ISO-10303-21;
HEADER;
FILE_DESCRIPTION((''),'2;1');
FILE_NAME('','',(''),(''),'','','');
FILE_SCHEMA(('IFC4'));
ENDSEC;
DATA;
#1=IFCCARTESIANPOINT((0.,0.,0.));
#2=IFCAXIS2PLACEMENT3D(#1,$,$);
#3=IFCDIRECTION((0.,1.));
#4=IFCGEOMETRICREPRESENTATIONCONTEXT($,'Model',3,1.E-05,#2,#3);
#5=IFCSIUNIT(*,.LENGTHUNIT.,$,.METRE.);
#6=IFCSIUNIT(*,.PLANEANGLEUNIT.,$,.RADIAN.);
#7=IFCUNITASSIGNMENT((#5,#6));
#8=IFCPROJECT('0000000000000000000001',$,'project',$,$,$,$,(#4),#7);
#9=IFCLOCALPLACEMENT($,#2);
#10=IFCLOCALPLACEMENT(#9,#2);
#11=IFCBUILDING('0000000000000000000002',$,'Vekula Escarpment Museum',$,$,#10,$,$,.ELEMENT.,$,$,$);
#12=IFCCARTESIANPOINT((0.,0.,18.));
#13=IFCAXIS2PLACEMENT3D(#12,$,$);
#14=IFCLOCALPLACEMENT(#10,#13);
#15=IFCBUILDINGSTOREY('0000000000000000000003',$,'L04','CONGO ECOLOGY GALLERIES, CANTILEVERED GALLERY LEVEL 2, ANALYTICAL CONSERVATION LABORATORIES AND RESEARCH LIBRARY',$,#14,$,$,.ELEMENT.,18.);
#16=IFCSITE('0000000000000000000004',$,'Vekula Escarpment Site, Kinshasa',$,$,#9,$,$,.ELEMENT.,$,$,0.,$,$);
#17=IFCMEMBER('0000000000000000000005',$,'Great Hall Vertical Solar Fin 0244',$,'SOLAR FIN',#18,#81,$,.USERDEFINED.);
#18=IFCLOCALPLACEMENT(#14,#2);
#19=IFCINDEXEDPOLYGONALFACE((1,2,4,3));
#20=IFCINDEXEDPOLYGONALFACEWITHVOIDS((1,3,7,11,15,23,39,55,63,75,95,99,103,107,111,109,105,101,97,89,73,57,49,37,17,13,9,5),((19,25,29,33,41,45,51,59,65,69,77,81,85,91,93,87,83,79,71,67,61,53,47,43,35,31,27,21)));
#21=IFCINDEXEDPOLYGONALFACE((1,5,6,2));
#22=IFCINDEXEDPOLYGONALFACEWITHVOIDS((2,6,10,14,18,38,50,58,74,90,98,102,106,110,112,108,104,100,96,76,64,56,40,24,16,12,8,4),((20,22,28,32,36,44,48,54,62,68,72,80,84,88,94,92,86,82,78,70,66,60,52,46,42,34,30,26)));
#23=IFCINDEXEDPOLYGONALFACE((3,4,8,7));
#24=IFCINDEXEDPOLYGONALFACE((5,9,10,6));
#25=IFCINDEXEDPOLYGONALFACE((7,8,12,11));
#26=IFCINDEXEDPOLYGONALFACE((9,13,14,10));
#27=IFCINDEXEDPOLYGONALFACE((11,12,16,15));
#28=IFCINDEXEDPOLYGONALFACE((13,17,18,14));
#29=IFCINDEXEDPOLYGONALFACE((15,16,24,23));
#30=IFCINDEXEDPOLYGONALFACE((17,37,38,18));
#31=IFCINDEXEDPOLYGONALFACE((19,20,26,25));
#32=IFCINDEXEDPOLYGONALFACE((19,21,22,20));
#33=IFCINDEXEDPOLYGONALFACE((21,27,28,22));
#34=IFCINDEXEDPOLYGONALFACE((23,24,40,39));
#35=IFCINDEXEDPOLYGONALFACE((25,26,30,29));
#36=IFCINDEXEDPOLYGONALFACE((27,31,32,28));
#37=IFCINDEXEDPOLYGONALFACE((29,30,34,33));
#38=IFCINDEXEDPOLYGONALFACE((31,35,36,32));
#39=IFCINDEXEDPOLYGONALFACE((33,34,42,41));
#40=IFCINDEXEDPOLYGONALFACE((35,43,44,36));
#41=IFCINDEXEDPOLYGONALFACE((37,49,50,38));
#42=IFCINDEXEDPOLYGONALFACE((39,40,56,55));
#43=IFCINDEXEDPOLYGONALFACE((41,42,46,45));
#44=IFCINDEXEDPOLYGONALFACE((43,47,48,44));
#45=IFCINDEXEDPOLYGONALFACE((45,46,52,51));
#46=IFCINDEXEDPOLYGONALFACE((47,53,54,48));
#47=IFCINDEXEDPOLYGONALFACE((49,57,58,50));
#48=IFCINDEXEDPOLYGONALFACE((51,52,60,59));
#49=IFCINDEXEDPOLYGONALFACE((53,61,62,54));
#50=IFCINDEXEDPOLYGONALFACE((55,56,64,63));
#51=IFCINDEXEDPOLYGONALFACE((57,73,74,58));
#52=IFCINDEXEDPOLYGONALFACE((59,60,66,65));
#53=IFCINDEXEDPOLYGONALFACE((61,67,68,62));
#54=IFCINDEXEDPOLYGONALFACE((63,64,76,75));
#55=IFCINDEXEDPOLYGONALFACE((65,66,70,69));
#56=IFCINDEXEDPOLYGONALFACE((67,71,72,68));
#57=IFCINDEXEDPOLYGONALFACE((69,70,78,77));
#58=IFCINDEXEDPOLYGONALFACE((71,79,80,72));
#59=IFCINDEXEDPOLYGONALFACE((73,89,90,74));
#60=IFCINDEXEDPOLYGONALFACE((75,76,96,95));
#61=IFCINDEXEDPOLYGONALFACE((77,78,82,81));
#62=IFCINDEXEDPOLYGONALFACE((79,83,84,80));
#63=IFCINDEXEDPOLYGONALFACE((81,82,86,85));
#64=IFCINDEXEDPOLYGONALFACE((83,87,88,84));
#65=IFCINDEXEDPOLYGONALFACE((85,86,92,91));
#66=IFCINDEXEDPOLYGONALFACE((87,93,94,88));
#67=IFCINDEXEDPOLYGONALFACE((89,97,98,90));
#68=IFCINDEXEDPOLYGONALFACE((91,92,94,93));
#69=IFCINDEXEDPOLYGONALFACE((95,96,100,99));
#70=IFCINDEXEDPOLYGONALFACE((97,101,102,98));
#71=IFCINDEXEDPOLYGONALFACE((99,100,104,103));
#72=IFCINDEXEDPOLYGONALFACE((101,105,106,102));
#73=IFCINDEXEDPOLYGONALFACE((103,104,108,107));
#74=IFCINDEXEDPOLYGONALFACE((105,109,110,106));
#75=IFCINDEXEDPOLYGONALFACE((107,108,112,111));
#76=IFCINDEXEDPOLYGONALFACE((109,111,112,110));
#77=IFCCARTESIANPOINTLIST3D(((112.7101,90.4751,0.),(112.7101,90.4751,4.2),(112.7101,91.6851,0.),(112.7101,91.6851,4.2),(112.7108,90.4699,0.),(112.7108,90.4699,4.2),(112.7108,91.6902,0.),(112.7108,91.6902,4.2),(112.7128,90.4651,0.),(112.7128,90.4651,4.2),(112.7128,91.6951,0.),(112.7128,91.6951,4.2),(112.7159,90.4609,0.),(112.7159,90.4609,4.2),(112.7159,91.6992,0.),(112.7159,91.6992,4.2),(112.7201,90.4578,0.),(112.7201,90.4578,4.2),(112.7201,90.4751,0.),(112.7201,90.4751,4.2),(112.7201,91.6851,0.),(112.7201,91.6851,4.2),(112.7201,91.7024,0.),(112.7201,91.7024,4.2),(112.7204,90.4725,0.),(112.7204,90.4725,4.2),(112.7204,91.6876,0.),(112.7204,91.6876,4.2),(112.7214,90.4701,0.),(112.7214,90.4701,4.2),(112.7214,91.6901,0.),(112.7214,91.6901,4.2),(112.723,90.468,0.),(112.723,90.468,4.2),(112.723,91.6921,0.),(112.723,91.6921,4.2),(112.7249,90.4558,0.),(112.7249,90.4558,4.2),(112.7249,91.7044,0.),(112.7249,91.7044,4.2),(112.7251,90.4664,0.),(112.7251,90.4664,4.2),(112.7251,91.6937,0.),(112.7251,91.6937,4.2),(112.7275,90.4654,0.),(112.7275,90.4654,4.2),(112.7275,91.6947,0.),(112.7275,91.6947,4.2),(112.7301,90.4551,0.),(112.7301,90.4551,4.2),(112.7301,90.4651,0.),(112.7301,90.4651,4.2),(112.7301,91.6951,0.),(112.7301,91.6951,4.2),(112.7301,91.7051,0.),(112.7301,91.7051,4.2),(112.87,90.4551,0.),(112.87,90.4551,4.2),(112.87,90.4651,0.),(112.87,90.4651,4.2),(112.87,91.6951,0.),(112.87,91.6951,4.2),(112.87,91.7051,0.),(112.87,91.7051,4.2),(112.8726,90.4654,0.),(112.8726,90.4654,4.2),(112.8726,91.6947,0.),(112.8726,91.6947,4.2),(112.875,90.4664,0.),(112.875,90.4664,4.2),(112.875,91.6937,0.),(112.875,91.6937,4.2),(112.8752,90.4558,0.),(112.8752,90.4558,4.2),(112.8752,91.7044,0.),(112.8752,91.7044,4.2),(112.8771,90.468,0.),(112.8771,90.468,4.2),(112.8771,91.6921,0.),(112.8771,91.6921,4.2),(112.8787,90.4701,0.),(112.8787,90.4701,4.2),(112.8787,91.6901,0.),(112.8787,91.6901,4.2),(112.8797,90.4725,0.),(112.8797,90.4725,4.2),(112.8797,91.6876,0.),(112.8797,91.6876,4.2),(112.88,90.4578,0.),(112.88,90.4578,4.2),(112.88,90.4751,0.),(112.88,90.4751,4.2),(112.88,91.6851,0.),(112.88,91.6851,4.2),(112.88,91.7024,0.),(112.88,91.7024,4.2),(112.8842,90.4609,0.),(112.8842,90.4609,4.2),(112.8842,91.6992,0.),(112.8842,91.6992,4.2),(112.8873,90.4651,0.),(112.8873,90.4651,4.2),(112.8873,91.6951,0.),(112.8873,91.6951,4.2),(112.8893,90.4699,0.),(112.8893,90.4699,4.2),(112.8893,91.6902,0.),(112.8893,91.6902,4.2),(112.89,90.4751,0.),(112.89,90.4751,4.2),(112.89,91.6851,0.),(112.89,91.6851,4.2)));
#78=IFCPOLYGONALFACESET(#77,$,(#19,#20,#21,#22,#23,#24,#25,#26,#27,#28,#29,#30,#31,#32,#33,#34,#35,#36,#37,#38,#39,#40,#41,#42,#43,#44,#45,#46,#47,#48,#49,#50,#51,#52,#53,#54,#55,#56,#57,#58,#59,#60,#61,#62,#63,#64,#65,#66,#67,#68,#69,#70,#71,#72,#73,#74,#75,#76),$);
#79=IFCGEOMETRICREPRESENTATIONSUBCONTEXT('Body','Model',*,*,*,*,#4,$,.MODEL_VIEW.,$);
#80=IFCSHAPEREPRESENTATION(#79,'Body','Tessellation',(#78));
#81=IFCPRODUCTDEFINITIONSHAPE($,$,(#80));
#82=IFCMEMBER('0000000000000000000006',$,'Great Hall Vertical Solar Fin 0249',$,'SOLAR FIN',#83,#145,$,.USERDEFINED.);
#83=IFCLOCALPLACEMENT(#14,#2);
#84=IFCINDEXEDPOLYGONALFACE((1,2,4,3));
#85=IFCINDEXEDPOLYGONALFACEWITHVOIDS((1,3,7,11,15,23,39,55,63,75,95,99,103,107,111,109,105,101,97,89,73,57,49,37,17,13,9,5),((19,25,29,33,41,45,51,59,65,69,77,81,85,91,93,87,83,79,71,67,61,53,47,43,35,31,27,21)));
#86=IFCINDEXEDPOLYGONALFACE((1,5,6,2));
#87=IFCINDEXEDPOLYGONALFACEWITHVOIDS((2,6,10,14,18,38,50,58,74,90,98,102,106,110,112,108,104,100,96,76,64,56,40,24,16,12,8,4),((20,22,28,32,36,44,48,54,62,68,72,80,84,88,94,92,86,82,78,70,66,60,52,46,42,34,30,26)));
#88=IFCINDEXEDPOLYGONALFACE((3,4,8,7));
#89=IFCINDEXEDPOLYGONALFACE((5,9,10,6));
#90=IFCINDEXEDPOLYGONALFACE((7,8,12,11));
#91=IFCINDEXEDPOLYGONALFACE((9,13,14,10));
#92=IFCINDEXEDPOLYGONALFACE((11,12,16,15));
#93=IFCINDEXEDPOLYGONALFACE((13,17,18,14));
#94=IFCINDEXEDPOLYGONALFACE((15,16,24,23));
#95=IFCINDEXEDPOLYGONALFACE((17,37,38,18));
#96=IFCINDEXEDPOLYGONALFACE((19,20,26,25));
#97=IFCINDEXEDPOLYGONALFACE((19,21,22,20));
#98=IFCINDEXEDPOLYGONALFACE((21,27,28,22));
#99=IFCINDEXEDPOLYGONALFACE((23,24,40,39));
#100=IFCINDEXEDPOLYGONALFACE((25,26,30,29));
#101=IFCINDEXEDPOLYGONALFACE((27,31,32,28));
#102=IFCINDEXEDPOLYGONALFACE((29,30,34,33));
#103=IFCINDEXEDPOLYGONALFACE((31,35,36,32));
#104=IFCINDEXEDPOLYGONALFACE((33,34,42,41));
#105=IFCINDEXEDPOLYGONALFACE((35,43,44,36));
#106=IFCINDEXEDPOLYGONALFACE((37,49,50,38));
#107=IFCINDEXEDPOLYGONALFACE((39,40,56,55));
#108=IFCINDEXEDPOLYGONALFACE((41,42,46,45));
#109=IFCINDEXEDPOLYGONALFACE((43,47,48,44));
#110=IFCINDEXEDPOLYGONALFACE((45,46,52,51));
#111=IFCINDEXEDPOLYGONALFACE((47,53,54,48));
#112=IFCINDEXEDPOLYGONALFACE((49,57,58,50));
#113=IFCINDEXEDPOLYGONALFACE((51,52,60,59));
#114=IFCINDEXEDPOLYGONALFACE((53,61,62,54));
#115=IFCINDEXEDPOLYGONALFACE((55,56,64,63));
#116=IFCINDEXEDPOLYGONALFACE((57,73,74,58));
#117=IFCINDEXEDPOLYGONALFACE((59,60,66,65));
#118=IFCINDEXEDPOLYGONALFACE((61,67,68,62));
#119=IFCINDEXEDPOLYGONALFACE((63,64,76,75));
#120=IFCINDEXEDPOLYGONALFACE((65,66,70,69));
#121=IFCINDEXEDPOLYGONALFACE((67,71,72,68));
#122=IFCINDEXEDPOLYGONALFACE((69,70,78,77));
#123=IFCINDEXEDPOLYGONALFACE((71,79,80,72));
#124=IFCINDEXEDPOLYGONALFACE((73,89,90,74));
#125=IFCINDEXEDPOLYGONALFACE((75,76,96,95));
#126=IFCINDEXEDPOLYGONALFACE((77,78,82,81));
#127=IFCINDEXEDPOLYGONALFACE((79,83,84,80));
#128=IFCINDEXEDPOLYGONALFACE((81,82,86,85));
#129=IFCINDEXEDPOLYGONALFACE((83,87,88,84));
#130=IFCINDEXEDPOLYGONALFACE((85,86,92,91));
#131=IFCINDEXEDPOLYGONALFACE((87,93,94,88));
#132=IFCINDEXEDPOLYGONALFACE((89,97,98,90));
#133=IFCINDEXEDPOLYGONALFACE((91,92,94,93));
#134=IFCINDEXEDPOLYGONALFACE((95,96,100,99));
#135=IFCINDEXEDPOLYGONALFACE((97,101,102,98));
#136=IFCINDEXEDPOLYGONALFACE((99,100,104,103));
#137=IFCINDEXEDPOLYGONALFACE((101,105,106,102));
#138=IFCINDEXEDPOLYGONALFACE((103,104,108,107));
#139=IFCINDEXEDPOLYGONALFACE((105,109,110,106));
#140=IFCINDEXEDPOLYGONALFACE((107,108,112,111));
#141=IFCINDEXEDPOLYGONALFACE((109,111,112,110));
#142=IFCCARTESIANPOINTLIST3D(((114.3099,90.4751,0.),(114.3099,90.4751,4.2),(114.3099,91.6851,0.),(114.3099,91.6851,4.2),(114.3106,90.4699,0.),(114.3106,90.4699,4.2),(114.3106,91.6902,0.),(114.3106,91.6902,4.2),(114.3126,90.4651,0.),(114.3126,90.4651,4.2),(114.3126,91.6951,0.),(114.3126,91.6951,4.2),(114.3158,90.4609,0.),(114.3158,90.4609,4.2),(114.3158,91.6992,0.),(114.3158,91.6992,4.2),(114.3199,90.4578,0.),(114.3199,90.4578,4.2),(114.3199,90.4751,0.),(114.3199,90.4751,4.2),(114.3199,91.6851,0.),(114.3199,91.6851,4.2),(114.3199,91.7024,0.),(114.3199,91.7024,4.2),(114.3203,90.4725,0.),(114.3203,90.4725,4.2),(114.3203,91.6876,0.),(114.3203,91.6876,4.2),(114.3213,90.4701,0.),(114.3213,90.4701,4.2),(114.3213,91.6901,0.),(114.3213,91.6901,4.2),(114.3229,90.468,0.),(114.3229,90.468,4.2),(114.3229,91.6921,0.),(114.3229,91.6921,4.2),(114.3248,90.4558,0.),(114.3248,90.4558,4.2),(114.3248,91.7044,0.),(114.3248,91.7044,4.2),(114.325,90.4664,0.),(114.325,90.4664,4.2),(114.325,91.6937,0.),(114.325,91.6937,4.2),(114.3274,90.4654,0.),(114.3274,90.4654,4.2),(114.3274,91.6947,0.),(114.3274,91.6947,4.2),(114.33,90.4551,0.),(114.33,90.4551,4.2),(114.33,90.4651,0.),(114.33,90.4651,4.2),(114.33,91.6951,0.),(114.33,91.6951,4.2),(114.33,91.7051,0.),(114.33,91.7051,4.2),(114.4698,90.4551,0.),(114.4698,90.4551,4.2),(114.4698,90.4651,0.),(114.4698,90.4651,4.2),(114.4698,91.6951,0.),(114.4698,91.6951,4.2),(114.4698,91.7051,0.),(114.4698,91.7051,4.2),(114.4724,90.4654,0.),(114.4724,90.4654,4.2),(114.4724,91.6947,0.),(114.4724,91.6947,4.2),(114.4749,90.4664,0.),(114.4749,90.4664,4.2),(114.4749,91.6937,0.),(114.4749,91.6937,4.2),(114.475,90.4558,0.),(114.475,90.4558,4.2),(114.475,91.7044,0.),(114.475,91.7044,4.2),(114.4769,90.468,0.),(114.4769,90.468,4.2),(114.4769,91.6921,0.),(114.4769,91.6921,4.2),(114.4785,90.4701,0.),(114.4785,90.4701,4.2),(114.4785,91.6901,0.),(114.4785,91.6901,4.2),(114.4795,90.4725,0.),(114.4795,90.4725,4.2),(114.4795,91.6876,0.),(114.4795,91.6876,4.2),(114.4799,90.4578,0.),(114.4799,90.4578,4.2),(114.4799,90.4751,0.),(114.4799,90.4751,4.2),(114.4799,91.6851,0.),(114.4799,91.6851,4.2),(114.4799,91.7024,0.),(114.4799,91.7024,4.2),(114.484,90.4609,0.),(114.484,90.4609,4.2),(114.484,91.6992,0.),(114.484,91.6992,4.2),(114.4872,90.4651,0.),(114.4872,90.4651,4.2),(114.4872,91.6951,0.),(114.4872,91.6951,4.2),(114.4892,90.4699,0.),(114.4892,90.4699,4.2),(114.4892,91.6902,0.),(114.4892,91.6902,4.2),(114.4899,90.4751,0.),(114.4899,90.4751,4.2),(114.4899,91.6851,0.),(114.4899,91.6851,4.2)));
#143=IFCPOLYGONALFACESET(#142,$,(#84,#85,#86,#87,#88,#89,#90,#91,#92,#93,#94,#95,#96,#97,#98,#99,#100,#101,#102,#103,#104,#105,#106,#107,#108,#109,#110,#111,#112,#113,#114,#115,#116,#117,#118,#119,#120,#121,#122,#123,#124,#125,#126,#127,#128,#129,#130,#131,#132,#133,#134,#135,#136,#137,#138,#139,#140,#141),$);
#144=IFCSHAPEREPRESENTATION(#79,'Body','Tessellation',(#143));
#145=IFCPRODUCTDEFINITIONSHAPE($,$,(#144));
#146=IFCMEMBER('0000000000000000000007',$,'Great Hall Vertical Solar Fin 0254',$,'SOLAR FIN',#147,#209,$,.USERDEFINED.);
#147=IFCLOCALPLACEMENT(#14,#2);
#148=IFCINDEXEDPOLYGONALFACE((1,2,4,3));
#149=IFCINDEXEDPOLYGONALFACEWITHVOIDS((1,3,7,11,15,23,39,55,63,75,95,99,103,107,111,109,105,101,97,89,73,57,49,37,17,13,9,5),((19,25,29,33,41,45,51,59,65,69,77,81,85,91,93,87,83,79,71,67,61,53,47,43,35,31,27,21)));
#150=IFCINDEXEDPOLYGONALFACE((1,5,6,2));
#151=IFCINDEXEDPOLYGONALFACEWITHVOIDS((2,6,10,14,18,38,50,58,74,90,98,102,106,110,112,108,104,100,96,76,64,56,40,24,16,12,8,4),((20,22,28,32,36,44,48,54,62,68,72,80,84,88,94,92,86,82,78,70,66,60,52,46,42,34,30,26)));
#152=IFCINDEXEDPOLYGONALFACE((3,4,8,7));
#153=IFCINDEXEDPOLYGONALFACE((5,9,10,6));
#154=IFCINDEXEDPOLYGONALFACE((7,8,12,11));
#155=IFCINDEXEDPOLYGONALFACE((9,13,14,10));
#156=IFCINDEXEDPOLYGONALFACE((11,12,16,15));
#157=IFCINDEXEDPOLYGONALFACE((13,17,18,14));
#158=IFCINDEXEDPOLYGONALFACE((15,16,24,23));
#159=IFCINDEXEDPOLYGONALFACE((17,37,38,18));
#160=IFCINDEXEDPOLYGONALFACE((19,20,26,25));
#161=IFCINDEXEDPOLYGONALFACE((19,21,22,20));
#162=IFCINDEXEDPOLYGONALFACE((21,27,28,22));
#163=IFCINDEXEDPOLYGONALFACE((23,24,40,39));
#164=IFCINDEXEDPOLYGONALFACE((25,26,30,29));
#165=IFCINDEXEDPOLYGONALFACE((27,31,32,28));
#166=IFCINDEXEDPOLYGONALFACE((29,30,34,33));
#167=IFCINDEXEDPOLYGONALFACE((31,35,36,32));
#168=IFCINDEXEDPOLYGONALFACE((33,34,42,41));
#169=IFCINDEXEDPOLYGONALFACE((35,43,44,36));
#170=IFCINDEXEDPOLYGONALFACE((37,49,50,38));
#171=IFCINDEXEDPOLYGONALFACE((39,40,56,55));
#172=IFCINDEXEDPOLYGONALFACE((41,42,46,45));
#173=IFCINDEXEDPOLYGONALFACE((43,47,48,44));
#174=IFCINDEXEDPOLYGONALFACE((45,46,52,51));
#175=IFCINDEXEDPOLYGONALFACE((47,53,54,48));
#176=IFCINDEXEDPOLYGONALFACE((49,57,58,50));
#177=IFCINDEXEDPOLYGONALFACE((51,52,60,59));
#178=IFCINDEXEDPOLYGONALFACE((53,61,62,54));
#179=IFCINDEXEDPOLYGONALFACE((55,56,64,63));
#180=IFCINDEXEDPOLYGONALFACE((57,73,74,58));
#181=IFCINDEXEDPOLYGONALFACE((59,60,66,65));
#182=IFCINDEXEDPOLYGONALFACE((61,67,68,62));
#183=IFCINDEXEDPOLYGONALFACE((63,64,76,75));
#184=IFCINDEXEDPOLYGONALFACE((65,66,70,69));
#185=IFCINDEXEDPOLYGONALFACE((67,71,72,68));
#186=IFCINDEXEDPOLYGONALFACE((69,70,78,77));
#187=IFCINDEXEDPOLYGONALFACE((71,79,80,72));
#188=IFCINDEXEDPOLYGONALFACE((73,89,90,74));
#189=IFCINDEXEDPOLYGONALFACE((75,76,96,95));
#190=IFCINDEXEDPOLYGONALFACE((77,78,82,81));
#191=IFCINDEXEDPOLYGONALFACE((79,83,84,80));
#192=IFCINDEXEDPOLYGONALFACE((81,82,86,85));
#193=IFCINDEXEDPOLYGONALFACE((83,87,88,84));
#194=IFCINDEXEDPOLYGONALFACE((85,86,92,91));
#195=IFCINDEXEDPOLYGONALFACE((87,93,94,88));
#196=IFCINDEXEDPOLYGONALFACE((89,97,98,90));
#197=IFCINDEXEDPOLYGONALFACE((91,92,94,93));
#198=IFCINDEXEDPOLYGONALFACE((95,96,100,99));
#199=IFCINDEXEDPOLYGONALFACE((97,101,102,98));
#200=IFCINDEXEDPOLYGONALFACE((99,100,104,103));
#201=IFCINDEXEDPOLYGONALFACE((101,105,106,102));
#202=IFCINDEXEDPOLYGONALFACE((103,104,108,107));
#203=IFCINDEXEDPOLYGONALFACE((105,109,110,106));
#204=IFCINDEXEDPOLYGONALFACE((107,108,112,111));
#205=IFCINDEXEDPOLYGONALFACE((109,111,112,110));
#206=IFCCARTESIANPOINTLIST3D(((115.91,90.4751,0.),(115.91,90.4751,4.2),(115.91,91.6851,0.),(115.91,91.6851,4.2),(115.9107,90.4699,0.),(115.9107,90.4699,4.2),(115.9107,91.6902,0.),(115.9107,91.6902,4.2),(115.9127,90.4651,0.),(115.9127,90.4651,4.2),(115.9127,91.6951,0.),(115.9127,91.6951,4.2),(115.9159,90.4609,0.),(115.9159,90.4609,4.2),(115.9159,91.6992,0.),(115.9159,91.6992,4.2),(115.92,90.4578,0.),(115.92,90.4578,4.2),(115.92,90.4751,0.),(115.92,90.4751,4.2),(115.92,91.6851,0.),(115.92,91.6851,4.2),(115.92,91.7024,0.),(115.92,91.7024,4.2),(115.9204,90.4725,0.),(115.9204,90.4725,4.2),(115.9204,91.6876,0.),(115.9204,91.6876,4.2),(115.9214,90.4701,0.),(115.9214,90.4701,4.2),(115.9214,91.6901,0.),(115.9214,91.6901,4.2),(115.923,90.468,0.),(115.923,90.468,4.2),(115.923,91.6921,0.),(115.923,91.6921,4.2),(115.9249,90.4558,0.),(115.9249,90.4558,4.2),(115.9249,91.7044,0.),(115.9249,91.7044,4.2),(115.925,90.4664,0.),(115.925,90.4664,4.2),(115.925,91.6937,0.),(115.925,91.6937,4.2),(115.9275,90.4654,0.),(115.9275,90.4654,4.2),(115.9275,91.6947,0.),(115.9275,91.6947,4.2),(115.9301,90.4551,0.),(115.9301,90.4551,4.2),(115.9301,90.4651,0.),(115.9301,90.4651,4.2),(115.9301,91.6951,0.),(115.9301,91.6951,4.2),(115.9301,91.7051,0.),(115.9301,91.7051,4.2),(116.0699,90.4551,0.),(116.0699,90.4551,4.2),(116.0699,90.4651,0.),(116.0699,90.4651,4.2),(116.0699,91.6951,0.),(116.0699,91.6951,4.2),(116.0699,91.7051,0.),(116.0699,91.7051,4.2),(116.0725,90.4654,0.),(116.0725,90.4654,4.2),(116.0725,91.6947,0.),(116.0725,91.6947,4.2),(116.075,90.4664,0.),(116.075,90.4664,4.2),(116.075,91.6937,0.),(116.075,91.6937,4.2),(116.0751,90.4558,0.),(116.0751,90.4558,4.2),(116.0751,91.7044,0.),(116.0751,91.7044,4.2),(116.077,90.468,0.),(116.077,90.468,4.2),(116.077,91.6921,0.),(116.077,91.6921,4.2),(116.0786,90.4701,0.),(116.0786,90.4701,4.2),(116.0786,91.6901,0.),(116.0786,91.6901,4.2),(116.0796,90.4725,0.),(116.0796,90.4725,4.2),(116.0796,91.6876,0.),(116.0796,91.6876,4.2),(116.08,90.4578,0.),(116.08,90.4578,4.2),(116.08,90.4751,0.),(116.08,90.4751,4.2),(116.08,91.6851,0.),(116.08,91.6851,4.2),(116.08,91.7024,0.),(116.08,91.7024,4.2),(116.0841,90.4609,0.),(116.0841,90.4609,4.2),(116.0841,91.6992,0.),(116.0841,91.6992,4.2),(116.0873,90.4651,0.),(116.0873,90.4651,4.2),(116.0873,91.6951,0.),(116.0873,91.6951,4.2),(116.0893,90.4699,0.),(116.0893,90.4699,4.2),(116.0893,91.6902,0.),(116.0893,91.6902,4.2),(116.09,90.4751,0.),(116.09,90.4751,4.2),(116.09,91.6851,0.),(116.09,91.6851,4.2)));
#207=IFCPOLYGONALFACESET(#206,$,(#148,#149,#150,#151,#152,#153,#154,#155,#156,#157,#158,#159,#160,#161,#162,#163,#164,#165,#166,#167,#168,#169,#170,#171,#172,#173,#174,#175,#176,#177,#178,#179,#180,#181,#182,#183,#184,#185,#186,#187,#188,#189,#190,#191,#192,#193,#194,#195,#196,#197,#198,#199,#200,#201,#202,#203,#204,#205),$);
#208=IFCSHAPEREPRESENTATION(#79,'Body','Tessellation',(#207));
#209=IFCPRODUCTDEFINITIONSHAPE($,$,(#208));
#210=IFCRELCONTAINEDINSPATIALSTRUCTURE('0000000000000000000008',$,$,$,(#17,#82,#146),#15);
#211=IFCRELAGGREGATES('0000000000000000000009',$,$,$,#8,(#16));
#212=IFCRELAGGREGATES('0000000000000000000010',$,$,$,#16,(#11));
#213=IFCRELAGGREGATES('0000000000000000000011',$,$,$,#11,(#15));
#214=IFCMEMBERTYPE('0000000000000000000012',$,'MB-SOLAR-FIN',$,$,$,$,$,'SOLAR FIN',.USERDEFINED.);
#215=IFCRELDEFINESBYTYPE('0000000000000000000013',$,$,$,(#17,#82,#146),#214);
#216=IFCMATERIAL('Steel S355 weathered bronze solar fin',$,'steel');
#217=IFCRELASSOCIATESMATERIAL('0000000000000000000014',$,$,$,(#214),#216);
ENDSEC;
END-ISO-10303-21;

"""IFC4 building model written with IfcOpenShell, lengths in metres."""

from ifc_helpers import new_model, si_unit, direction, frame, origin, origin_2d, place, context, subcontext, project, spatial, hollow_rectangle, extrude, material, material_profile, profile_set, type_object, element, save


model = new_model("IFC4")

# Units and contexts
model_context = context("Model", 3, precision=1e-05, world=origin(), true_north=direction((0.0, 1.0)))
body_context = subcontext(model_context, "Body", "Model", "MODEL_VIEW")
ifc_project = project(units=[si_unit("LENGTHUNIT", "METRE"), si_unit("PLANEANGLEUNIT", "RADIAN")], contexts=[model_context])

# Site, building, storey
site_placement = place(None, origin())
site = spatial("IfcSite", under=ifc_project, at=site_placement, Name="Vekula Escarpment Site, Kinshasa", CompositionType="ELEMENT", RefElevation=0.0)
building_placement = place(site_placement, origin())
building = spatial("IfcBuilding", under=site, at=building_placement, Name="Vekula Escarpment Museum", CompositionType="ELEMENT")
storey_placement = place(building_placement, frame((0.0, 0.0, 18.0)))
storey = spatial("IfcBuildingStorey", under=building, at=storey_placement, Name="L04", Description="CONGO ECOLOGY GALLERIES, CANTILEVERED GALLERY LEVEL 2, ANALYTICAL CONSERVATION LABORATORIES AND RESEARCH LIBRARY", CompositionType="ELEMENT", Elevation=18.0)

# Members
ifc_material_1 = material(Name="Steel S355 weathered bronze solar fin", Category="steel")
ifc_material_profile_1 = material_profile(ifc_material_1, hollow_rectangle(XDim=0.1799, YDim=1.25, WallThickness=0.01, InnerFilletRadius=0.01, OuterFilletRadius=0.02, at=origin_2d()), Name="RHS 1250x180x10")
ifc_profile_set_1 = profile_set([ifc_material_profile_1], Name="Steel S355 weathered bronze solar fin")
member_type_1 = type_object("IfcMemberType", Name="MB-SOLAR-FIN", ElementType="SOLAR FIN", PredefinedType="USERDEFINED", material=ifc_profile_set_1)
for number, where, z_axis, x_axis, name in (
    (1, (112.8, 91.0801, 0.0), (0.0, 0.0, 1.0), (1.0, 0.0, 0.0), "Great Hall Vertical Solar Fin 0244"),
    (2, (114.3999, 91.0801, 0.0), (0.0, 0.0, 1.0), (1.0, 0.0, 0.0), "Great Hall Vertical Solar Fin 0249"),
    (3, (116.0, 91.0801, 0.0), (0.0, 0.0, 1.0), (1.0, 0.0, 0.0), "Great Hall Vertical Solar Fin 0254"),
):
    element("IfcMember", number, at=place(storey_placement, frame(where, z_axis=z_axis, x_axis=x_axis)), inside=storey, type_object=member_type_1, Name=name, ObjectType="SOLAR FIN", PredefinedType="USERDEFINED", context=body_context, shape_type="SweptSolid", body=[
        extrude(hollow_rectangle(XDim=0.1799, YDim=1.25, WallThickness=0.01, InnerFilletRadius=0.01, OuterFilletRadius=0.02, at=origin_2d()), origin(), (0.0, 0.0, 1.0), 4.2),
    ])

save(model, "model.ifc")
